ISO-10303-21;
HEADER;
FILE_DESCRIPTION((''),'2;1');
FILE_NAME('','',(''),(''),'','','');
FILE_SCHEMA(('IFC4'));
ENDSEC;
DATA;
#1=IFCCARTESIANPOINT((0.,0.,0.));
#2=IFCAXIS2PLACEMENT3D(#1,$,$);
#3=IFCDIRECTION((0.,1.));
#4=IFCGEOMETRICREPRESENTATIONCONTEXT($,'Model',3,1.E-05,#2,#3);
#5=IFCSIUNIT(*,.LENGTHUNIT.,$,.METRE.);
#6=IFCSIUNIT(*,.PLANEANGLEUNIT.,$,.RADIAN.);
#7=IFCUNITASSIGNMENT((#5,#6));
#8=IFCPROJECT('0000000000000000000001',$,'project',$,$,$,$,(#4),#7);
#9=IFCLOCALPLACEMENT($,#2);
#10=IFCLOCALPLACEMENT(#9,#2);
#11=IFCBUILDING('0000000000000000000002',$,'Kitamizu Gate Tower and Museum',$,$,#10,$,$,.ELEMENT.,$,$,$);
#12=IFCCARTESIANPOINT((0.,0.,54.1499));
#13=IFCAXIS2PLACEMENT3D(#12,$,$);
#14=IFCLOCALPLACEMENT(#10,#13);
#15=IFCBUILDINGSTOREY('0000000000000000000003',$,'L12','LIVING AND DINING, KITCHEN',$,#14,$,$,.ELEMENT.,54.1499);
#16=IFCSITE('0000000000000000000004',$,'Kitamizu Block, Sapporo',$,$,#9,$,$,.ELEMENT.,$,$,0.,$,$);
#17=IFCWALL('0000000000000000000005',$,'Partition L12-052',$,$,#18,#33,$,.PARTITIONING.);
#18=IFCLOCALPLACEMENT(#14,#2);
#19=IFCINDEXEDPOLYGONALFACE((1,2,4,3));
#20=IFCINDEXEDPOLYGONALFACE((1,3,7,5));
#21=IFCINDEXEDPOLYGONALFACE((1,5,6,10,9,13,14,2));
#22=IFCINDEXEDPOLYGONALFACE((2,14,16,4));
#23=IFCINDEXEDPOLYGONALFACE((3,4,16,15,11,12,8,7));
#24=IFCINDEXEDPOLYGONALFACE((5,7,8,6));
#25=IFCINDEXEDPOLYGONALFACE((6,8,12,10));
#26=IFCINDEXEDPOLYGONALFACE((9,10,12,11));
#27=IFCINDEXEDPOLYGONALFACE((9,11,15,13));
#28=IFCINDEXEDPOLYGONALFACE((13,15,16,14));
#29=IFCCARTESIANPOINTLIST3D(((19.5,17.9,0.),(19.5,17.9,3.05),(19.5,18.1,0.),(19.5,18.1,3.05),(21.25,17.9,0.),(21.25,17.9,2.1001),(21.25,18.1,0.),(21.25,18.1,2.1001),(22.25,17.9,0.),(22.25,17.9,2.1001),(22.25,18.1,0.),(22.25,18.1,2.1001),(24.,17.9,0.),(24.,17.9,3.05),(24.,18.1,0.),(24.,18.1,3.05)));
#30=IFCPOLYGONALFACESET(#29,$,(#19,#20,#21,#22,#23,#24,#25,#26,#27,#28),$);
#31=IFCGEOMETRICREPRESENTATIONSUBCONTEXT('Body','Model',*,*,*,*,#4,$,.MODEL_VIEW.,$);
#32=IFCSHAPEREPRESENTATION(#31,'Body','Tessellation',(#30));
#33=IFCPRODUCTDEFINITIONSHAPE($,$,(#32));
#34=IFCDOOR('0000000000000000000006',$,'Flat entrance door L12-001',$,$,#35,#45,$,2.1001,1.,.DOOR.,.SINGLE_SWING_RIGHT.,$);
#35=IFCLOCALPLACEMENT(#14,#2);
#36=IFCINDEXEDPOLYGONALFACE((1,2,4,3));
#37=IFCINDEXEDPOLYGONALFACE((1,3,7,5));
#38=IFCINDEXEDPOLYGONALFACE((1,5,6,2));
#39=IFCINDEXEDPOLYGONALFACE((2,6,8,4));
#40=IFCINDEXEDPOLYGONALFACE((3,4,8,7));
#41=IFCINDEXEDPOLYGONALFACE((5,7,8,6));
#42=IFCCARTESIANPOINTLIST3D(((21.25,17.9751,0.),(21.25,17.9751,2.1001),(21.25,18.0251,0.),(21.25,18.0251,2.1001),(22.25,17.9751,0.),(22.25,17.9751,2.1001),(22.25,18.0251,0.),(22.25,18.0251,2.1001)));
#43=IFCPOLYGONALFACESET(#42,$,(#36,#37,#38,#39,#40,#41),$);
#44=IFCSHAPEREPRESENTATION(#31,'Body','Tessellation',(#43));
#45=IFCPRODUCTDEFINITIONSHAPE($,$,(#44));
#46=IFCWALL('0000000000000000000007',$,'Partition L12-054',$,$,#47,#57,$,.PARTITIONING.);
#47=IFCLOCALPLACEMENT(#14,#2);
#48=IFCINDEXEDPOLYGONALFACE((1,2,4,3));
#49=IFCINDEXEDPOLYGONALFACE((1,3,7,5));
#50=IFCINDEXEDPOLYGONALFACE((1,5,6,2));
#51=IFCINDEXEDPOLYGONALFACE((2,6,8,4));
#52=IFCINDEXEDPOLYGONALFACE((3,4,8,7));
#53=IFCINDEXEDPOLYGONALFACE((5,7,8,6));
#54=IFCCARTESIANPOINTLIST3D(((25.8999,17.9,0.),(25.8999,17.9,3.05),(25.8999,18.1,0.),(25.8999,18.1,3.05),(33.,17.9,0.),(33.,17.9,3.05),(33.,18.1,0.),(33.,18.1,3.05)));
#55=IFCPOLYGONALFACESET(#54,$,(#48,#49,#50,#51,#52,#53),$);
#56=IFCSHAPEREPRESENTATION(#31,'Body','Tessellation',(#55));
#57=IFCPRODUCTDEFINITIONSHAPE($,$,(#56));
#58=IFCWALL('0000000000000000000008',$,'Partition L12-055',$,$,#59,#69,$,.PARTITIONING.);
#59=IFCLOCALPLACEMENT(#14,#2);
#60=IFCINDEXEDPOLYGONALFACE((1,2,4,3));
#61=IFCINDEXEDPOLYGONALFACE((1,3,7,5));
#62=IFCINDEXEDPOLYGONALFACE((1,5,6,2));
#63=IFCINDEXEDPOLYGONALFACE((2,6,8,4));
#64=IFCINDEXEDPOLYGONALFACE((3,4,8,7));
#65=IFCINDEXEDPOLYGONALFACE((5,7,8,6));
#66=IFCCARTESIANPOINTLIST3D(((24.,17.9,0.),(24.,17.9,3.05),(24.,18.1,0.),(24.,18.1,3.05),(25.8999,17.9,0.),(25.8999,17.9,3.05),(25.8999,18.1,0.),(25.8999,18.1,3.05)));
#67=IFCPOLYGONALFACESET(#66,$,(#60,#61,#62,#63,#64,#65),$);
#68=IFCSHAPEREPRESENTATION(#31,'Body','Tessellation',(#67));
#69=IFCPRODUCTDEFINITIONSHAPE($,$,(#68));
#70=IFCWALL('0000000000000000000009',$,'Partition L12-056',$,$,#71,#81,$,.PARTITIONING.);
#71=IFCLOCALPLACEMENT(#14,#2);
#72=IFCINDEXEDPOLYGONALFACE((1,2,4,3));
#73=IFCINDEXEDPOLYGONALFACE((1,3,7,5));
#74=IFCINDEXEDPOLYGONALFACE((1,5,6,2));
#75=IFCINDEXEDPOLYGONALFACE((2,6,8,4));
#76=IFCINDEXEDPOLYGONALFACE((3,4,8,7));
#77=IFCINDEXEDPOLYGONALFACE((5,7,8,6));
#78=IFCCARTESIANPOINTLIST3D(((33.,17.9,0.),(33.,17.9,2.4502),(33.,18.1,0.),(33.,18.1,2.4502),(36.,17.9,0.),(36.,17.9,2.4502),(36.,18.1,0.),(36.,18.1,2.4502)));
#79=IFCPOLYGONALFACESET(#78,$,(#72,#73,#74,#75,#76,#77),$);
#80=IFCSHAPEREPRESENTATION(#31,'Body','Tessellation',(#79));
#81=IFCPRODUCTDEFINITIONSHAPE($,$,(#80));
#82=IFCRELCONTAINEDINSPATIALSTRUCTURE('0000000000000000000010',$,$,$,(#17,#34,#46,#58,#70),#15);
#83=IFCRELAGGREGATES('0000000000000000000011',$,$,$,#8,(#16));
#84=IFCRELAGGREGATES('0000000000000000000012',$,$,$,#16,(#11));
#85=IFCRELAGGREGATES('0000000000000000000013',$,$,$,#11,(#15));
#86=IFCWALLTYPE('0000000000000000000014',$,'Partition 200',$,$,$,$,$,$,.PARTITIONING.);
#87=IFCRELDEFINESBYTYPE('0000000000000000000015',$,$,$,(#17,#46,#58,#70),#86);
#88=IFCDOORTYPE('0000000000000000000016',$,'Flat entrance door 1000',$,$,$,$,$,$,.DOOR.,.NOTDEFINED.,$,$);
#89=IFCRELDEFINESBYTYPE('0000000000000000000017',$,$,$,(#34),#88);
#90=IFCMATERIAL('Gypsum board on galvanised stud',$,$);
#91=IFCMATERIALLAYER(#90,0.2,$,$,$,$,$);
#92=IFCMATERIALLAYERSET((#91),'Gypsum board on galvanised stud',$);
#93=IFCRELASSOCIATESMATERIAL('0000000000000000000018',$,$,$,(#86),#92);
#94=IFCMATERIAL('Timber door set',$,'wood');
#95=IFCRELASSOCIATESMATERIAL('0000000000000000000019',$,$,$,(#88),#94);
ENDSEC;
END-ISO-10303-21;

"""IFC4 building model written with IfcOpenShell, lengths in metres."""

from ifc_helpers import new_model, si_unit, direction, frame, frame_2d, origin, place, context, subcontext, project, spatial, rectangle, extrude, material, layer, layer_set, type_object, element, fill, save


model = new_model("IFC4")

# Units and contexts
model_context = context("Model", 3, precision=1e-05, world=origin(), true_north=direction((0.0, 1.0)))
body_context = subcontext(model_context, "Body", "Model", "MODEL_VIEW")
ifc_project = project(units=[si_unit("LENGTHUNIT", "METRE"), si_unit("PLANEANGLEUNIT", "RADIAN")], contexts=[model_context])

# Site, building, storey
site_placement = place(None, origin())
site = spatial("IfcSite", under=ifc_project, at=site_placement, Name="Kitamizu Block, Sapporo", CompositionType="ELEMENT", RefElevation=0.0)
building_placement = place(site_placement, origin())
building = spatial("IfcBuilding", under=site, at=building_placement, Name="Kitamizu Gate Tower and Museum", CompositionType="ELEMENT")
storey_placement = place(building_placement, frame((0.0, 0.0, 54.1499)))
storey = spatial("IfcBuildingStorey", under=building, at=storey_placement, Name="L12", Description="LIVING AND DINING, KITCHEN", CompositionType="ELEMENT", Elevation=54.1499)

# Wall, opening, door
ifc_material_1 = material(Name="Gypsum board on galvanised stud")
ifc_layer_1 = layer(ifc_material_1, 0.2)
ifc_layer_set_1 = layer_set([ifc_layer_1], Name="Gypsum board on galvanised stud")
wall_type_1 = type_object("IfcWallType", Name="Partition 200", PredefinedType="PARTITIONING", material=ifc_layer_set_1)
wall_1_placement = place(storey_placement, frame((24.0, 18.0, 0.0), z_axis=(0.0, 0.0, 1.0), x_axis=(-1.0, 0.0, 0.0)))
wall_1 = element("IfcWall", 1, at=wall_1_placement, inside=storey, type_object=wall_type_1, Name="Partition L12-052", PredefinedType="PARTITIONING", context=body_context, shape_type="SweptSolid", body=[
    extrude(rectangle(XDim=4.5, YDim=0.2, at=frame_2d((2.25, 0.0))), origin(), (0.0, 0.0, 1.0), 3.05),
])
opening_1_placement = place(wall_1_placement, frame((1.75, 0.0, 0.0)))
opening_1 = element("IfcOpeningElement", 2, at=opening_1_placement, cuts=wall_1, PredefinedType="OPENING", context=body_context, shape_type="SweptSolid", body=[
    extrude(rectangle(XDim=1.0, YDim=2.1001, at=frame_2d((0.5, 1.05))), frame((0.0, 0.1099, 0.0), z_axis=(0.0, -1.0, 0.0), x_axis=(1.0, 0.0, 0.0)), (0.0, 0.0, 1.0), 0.22),
])
ifc_material_2 = material(Name="Timber door set", Category="wood")
door_type_1 = type_object("IfcDoorType", Name="Flat entrance door 1000", OperationType="NOTDEFINED", PredefinedType="DOOR", material=ifc_material_2)
door_1_placement = place(opening_1_placement, origin())
door_1 = element("IfcDoor", 3, at=door_1_placement, inside=storey, type_object=door_type_1, Name="Flat entrance door L12-001", OperationType="SINGLE_SWING_RIGHT", OverallHeight=2.1001, OverallWidth=1.0, PredefinedType="DOOR", context=body_context, shape_type="SweptSolid", body=[
    extrude(rectangle(XDim=1.0, YDim=2.1001, at=frame_2d((0.5, 1.05))), frame((0.0, 0.0249, 0.0), z_axis=(0.0, -1.0, 0.0), x_axis=(1.0, 0.0, 0.0)), (0.0, 0.0, 1.0), 0.05),
])
fill(opening_1, door_1)

# Walls
wall_2_placement = place(storey_placement, frame((33.0, 18.0, 0.0), z_axis=(0.0, 0.0, 1.0), x_axis=(-1.0, 0.0, 0.0)))
element("IfcWall", 4, at=wall_2_placement, inside=storey, type_object=wall_type_1, Name="Partition L12-054", PredefinedType="PARTITIONING", context=body_context, shape_type="SweptSolid", body=[
    extrude(rectangle(XDim=7.1001, YDim=0.2, at=frame_2d((3.55, 0.0))), origin(), (0.0, 0.0, 1.0), 3.05),
])
wall_3_placement = place(storey_placement, frame((25.8999, 18.0, 0.0), z_axis=(0.0, 0.0, 1.0), x_axis=(-1.0, 0.0, 0.0)))
element("IfcWall", 5, at=wall_3_placement, inside=storey, type_object=wall_type_1, Name="Partition L12-055", PredefinedType="PARTITIONING", context=body_context, shape_type="SweptSolid", body=[
    extrude(rectangle(XDim=1.8999, YDim=0.2, at=frame_2d((0.95, 0.0))), origin(), (0.0, 0.0, 1.0), 3.05),
])
wall_4_placement = place(storey_placement, frame((36.0, 18.0, 0.0), z_axis=(0.0, 0.0, 1.0), x_axis=(-1.0, 0.0, 0.0)))
element("IfcWall", 6, at=wall_4_placement, inside=storey, type_object=wall_type_1, Name="Partition L12-056", PredefinedType="PARTITIONING", context=body_context, shape_type="SweptSolid", body=[
    extrude(rectangle(XDim=3.0, YDim=0.2, at=frame_2d((1.5, 0.0))), origin(), (0.0, 0.0, 1.0), 2.4502),
])

save(model, "model.ifc")
